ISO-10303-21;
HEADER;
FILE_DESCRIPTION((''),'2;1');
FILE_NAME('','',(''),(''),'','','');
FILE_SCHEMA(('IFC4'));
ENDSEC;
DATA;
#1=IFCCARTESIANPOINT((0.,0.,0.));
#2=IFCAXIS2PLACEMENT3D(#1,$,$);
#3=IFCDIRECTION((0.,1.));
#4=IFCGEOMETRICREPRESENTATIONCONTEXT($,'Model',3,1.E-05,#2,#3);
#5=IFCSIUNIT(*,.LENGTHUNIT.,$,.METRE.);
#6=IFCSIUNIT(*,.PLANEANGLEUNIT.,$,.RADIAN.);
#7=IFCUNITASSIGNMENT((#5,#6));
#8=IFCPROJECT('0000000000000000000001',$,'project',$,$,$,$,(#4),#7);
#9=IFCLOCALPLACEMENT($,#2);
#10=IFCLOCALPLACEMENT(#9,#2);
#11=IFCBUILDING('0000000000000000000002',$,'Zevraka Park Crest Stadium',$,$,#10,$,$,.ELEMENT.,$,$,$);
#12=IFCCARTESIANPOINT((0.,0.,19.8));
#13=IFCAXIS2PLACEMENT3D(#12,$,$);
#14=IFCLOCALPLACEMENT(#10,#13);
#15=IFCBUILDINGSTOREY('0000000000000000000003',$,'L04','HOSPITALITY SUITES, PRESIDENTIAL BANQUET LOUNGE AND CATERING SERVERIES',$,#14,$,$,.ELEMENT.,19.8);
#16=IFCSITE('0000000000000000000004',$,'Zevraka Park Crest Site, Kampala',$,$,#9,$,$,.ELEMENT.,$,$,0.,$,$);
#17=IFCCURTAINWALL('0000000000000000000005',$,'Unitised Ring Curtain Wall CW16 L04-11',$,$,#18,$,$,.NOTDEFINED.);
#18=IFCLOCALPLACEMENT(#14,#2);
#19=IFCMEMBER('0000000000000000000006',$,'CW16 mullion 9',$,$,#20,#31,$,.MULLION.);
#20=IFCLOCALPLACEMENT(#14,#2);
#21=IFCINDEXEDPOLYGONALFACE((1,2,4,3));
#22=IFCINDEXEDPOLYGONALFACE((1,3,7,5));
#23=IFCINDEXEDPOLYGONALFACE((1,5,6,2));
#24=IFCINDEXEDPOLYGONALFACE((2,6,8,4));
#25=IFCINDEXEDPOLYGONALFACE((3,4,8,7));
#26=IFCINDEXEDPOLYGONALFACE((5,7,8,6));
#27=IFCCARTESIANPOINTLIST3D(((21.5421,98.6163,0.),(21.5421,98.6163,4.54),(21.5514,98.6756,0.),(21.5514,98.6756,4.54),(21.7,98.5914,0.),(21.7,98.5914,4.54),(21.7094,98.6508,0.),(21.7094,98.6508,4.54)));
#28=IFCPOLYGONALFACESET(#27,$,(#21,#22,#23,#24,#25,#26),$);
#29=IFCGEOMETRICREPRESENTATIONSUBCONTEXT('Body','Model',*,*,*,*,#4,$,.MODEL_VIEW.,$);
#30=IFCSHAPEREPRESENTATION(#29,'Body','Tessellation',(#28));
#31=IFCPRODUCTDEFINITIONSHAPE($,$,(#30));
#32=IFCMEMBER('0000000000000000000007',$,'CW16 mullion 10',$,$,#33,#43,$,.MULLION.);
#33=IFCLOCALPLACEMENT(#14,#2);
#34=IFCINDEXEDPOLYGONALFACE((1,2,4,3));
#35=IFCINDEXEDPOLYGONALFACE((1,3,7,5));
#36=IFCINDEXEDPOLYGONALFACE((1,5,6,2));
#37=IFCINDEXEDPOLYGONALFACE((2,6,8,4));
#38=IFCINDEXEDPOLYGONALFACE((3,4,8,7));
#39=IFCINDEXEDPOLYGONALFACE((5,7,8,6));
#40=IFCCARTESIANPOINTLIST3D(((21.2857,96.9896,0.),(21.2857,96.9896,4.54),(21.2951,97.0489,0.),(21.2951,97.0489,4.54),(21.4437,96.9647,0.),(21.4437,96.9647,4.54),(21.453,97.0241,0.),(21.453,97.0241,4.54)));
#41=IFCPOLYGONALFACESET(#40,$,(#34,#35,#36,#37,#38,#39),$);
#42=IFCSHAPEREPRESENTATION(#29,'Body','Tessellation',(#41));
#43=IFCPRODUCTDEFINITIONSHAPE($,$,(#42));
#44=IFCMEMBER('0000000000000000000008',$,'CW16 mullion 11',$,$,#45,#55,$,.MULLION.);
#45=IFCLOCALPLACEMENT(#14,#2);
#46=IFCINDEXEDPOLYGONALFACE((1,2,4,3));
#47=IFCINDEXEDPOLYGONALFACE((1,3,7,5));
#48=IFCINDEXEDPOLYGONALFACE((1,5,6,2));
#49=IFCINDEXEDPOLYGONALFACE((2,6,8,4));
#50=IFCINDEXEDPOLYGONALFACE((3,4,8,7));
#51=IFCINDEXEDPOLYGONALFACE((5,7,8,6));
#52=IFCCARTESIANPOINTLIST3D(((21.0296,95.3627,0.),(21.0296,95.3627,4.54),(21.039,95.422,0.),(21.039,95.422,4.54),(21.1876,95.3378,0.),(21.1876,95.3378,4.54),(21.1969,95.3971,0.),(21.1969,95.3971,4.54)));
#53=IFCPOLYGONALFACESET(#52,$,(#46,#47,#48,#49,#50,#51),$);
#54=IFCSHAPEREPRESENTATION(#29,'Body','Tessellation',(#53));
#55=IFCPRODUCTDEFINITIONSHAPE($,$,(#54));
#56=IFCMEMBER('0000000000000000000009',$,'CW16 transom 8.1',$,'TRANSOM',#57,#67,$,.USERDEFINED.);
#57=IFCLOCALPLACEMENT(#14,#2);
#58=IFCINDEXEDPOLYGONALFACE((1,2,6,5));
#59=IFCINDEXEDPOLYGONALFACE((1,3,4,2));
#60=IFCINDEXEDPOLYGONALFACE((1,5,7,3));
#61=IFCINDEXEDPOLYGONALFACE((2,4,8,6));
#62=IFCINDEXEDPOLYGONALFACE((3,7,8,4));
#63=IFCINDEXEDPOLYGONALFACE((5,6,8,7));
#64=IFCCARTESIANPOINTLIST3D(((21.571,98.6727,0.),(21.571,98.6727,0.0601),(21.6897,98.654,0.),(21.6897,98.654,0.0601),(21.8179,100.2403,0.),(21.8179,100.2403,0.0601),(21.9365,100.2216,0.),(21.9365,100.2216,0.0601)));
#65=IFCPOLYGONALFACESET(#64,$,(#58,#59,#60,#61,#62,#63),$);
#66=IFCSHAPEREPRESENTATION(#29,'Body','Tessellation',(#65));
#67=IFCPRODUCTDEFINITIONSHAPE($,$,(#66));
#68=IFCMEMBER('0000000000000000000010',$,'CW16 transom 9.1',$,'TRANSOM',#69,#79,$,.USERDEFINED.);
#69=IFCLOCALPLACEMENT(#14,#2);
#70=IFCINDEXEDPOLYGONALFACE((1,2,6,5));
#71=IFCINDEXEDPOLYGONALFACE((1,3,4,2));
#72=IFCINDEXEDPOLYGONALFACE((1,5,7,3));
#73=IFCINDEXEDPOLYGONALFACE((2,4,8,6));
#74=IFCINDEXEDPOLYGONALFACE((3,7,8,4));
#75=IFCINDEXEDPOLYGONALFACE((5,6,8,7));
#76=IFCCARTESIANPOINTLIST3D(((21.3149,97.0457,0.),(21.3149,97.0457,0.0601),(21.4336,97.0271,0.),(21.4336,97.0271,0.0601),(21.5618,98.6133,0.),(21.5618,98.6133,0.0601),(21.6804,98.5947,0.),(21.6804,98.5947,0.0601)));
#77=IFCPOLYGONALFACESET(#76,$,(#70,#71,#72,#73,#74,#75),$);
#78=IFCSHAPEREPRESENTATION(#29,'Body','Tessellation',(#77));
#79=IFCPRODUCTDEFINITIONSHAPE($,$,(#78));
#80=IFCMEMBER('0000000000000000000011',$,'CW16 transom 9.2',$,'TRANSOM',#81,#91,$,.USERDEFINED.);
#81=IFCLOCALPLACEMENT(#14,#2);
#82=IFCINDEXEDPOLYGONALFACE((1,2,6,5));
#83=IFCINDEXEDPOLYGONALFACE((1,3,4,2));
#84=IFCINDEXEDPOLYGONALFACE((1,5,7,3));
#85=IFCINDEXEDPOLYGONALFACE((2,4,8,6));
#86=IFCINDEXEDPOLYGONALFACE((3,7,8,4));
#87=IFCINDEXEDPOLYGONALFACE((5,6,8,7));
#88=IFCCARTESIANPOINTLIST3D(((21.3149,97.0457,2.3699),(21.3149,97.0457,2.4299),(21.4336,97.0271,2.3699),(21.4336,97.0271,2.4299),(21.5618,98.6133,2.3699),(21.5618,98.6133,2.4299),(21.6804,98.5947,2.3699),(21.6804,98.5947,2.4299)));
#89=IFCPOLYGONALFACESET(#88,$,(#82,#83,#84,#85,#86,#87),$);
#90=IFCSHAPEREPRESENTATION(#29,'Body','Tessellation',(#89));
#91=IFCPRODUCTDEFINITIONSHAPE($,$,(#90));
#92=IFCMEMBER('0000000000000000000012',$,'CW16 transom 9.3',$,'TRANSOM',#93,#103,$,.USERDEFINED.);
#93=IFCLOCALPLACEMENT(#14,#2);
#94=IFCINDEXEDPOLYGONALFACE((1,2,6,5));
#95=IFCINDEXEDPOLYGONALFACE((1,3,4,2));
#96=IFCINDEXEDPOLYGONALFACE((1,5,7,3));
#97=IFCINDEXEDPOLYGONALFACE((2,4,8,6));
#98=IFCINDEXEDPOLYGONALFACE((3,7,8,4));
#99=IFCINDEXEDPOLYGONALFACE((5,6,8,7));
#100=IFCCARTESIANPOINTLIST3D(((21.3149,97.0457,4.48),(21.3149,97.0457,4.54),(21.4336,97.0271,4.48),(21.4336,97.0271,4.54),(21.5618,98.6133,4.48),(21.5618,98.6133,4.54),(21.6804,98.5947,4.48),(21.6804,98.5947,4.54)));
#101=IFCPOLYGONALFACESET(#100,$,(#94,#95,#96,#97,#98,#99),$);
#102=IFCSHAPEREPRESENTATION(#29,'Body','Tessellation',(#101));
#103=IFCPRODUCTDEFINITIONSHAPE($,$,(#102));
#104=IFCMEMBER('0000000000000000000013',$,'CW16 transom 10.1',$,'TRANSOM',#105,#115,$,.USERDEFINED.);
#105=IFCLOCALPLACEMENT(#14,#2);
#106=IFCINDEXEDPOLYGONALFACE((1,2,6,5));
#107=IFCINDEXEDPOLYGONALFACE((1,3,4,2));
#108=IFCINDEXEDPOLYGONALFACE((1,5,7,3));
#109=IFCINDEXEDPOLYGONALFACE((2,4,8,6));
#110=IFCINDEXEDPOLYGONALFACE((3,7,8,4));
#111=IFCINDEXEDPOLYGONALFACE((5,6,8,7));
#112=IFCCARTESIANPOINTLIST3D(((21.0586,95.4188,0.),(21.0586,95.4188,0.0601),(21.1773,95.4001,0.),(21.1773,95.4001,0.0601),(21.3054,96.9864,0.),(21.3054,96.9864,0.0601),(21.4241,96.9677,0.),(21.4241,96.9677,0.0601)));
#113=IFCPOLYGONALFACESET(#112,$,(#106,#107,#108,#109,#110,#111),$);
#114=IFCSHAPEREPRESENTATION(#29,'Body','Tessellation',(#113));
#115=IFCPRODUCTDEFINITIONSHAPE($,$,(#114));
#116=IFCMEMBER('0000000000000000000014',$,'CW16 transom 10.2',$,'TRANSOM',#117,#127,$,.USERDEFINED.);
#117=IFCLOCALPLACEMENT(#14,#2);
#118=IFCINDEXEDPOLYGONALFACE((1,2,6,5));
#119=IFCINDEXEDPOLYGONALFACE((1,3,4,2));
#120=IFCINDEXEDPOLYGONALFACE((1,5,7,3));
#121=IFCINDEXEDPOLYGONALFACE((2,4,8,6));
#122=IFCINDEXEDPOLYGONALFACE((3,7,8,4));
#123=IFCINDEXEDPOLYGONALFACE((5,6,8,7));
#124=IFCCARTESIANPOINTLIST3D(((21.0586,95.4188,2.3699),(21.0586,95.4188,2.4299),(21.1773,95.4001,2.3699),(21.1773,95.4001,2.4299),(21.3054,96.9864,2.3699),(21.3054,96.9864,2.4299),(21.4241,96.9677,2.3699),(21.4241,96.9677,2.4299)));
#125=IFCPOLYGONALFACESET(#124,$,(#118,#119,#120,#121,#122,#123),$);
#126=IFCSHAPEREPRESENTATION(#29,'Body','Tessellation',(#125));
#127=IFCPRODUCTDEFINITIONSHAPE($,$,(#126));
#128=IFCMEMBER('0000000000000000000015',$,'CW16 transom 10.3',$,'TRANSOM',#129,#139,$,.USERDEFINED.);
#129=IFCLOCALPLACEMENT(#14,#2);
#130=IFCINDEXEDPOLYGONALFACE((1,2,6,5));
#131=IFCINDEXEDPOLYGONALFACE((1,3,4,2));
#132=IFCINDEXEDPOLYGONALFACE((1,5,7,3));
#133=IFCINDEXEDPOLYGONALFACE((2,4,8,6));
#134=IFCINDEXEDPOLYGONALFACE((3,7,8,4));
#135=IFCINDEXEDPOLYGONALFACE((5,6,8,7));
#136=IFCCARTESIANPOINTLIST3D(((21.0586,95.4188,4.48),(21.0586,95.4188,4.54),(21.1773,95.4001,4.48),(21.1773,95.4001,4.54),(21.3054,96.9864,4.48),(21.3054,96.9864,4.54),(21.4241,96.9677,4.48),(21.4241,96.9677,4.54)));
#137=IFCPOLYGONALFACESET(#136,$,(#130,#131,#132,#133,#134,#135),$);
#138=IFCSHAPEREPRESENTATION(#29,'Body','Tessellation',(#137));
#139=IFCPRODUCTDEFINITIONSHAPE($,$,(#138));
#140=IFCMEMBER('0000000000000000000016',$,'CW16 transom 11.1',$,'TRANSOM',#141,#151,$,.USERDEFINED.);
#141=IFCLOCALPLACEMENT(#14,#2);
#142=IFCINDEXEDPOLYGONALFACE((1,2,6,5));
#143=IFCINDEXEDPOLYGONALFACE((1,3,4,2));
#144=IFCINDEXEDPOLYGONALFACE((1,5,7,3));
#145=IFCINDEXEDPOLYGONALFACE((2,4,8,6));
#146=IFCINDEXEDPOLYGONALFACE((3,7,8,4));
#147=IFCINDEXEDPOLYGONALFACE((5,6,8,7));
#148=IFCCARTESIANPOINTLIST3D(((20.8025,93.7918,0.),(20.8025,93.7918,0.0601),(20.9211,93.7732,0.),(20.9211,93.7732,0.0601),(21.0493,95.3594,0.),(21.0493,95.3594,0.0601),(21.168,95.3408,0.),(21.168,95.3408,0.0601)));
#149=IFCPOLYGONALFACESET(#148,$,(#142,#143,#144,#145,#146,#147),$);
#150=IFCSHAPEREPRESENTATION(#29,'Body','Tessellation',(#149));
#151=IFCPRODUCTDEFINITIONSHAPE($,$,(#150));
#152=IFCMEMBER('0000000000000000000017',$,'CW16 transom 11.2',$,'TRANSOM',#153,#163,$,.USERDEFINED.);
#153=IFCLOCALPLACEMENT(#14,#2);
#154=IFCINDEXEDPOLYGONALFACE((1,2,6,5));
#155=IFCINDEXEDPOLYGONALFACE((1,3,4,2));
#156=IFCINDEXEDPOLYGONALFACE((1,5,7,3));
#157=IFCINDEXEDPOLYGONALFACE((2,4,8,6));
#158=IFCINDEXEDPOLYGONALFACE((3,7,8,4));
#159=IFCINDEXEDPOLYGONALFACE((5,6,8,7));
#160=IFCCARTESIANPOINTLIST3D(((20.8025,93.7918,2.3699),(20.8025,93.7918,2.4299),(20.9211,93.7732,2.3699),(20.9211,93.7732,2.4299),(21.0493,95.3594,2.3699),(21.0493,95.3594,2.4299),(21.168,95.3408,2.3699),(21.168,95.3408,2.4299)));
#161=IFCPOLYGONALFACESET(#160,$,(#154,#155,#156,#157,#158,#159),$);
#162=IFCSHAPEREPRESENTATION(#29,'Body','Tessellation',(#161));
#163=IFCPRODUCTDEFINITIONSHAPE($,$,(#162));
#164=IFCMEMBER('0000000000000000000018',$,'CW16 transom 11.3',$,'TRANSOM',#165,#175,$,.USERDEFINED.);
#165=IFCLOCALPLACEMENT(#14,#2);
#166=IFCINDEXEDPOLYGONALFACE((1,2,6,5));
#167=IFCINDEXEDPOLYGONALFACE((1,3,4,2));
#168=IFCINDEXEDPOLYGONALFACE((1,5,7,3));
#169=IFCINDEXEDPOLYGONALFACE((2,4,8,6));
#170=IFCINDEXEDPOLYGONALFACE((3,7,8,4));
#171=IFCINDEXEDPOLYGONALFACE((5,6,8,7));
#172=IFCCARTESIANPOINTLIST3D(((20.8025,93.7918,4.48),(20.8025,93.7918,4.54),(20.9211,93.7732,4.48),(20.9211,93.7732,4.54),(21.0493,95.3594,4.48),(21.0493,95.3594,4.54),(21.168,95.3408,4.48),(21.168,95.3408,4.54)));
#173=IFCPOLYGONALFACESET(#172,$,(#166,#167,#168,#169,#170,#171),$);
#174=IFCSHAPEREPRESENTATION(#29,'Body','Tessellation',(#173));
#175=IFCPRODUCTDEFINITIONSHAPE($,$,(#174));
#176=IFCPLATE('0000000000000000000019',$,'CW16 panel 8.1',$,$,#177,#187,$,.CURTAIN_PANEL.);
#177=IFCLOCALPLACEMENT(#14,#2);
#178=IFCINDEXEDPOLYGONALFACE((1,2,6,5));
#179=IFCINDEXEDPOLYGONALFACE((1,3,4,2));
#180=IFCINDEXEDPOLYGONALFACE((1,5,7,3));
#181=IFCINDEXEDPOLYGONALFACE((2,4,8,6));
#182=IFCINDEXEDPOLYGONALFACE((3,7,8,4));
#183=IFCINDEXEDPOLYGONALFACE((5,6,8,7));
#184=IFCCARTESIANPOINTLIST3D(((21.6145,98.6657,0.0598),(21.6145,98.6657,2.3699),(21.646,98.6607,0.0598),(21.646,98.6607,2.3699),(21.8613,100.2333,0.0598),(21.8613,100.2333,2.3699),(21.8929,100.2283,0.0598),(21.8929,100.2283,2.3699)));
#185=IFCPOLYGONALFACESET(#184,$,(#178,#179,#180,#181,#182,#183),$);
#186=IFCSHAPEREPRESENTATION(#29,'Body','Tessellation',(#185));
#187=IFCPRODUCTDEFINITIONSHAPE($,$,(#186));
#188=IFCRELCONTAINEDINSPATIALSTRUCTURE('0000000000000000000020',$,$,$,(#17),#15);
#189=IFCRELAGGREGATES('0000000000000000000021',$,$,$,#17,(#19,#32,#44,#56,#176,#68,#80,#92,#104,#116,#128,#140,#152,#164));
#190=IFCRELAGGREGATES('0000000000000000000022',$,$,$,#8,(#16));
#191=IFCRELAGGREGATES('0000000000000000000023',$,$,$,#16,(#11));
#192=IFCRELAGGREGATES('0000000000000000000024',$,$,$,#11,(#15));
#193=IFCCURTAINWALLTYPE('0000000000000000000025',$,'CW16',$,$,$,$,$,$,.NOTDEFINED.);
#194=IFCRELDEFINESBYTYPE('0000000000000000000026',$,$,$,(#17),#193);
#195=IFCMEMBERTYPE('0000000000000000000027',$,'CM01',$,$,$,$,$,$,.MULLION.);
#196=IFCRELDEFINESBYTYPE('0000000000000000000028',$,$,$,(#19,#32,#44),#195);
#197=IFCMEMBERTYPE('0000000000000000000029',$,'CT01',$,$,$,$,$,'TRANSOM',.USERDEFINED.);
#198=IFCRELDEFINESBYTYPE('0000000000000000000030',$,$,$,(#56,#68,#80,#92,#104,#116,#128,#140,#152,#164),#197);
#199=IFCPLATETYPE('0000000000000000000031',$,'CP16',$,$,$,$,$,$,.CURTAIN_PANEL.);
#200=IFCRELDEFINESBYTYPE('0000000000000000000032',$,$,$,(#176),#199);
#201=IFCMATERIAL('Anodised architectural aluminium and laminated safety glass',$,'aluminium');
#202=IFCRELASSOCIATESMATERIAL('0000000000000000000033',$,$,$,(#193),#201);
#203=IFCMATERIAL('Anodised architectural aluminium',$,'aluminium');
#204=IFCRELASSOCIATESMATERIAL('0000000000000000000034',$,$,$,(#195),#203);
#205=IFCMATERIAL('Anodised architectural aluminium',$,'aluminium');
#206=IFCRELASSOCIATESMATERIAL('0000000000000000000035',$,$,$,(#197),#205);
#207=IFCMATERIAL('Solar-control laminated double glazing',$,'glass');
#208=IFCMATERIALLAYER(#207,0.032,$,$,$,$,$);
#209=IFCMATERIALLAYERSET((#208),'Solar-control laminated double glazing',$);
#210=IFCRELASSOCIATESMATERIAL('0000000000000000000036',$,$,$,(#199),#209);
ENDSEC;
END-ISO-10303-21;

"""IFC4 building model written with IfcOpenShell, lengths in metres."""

from ifc_helpers import new_model, si_unit, direction, frame, origin, origin_2d, place, context, subcontext, project, spatial, rectangle, extrude, material, layer, layer_set, material_profile, profile_set, type_object, element, aggregate, save


model = new_model("IFC4")

# Units and contexts
model_context = context("Model", 3, precision=1e-05, world=origin(), true_north=direction((0.0, 1.0)))
body_context = subcontext(model_context, "Body", "Model", "MODEL_VIEW")
ifc_project = project(units=[si_unit("LENGTHUNIT", "METRE"), si_unit("PLANEANGLEUNIT", "RADIAN")], contexts=[model_context])

# Site, building, storey
site_placement = place(None, origin())
site = spatial("IfcSite", under=ifc_project, at=site_placement, Name="Zevraka Park Crest Site, Kampala", CompositionType="ELEMENT", RefElevation=0.0)
building_placement = place(site_placement, origin())
building = spatial("IfcBuilding", under=site, at=building_placement, Name="Zevraka Park Crest Stadium", CompositionType="ELEMENT")
storey_placement = place(building_placement, frame((0.0, 0.0, 19.8)))
storey = spatial("IfcBuildingStorey", under=building, at=storey_placement, Name="L04", Description="HOSPITALITY SUITES, PRESIDENTIAL BANQUET LOUNGE AND CATERING SERVERIES", CompositionType="ELEMENT", Elevation=19.8)

# Curtain wall, members, plate
ifc_material_1 = material(Name="Anodised architectural aluminium and laminated safety glass", Category="aluminium")
curtain_wall_type = type_object("IfcCurtainWallType", Name="CW16", PredefinedType="NOTDEFINED", material=ifc_material_1)
curtain_wall_placement = place(storey_placement, origin())
curtain_wall = element("IfcCurtainWall", 1, at=curtain_wall_placement, inside=storey, type_object=curtain_wall_type, Name="Unitised Ring Curtain Wall CW16 L04-11", PredefinedType="NOTDEFINED")
ifc_material_2 = material(Name="Anodised architectural aluminium", Category="aluminium")
ifc_material_profile_1 = material_profile(ifc_material_2, rectangle(XDim=0.1599, YDim=0.0601, at=origin_2d()), Name="ALU MULLION 160x60")
ifc_profile_set_1 = profile_set([ifc_material_profile_1], Name="Anodised architectural aluminium")
member_type_1 = type_object("IfcMemberType", Name="CM01", PredefinedType="MULLION", material=ifc_profile_set_1)
member_1_placement = place(storey_placement, frame((21.6257, 98.6335, 0.0), z_axis=(0.0, 0.0, 1.0), x_axis=(0.98783, -0.155539, 0.0)))
member_1 = element("IfcMember", 2, at=member_1_placement, type_object=member_type_1, Name="CW16 mullion 9", PredefinedType="MULLION", context=body_context, shape_type="SweptSolid", body=[
    extrude(rectangle(XDim=0.1599, YDim=0.0601, at=origin_2d()), origin(), (0.0, 0.0, 1.0), 4.54),
])
member_2_placement = place(storey_placement, frame((21.3694, 97.0068, 0.0), z_axis=(0.0, 0.0, 1.0), x_axis=(0.98783, -0.155539, 0.0)))
member_2 = element("IfcMember", 3, at=member_2_placement, type_object=member_type_1, Name="CW16 mullion 10", PredefinedType="MULLION", context=body_context, shape_type="SweptSolid", body=[
    extrude(rectangle(XDim=0.1599, YDim=0.0601, at=origin_2d()), origin(), (0.0, 0.0, 1.0), 4.54),
])
member_3_placement = place(storey_placement, frame((21.1133, 95.3799, 0.0), z_axis=(0.0, 0.0, 1.0), x_axis=(0.98783, -0.155539, 0.0)))
member_3 = element("IfcMember", 4, at=member_3_placement, type_object=member_type_1, Name="CW16 mullion 11", PredefinedType="MULLION", context=body_context, shape_type="SweptSolid", body=[
    extrude(rectangle(XDim=0.1599, YDim=0.0601, at=origin_2d()), origin(), (0.0, 0.0, 1.0), 4.54),
])
ifc_material_3 = material(Name="Anodised architectural aluminium", Category="aluminium")
ifc_material_profile_2 = material_profile(ifc_material_3, rectangle(XDim=0.1201, YDim=0.0601, at=origin_2d()), Name="ALU TRANSOM 120x60")
ifc_profile_set_2 = profile_set([ifc_material_profile_2], Name="Anodised architectural aluminium")
member_type_2 = type_object("IfcMemberType", Name="CT01", ElementType="TRANSOM", PredefinedType="USERDEFINED", material=ifc_profile_set_2)
member_4_placement = place(storey_placement, frame((21.8772, 100.231, 0.03), z_axis=(-0.155536, -0.98783, 0.0), x_axis=(0.98783, -0.155536, 0.0)))
member_4 = element("IfcMember", 5, at=member_4_placement, type_object=member_type_2, Name="CW16 transom 8.1", ObjectType="TRANSOM", PredefinedType="USERDEFINED", context=body_context, shape_type="SweptSolid", body=[
    extrude(rectangle(XDim=0.1201, YDim=0.0601, at=origin_2d()), origin(), (0.0, 0.0, 1.0), 1.5869),
])
member_5_placement = place(storey_placement, frame((21.6211, 98.604, 0.03), z_axis=(-0.155536, -0.98783, 0.0), x_axis=(0.98783, -0.155536, 0.0)))
member_5 = element("IfcMember", 6, at=member_5_placement, type_object=member_type_2, Name="CW16 transom 9.1", ObjectType="TRANSOM", PredefinedType="USERDEFINED", context=body_context, shape_type="SweptSolid", body=[
    extrude(rectangle(XDim=0.1201, YDim=0.0601, at=origin_2d()), origin(), (0.0, 0.0, 1.0), 1.5869),
])
member_6_placement = place(storey_placement, frame((21.6211, 98.604, 2.3999), z_axis=(-0.155536, -0.98783, 0.0), x_axis=(0.98783, -0.155536, 0.0)))
member_6 = element("IfcMember", 7, at=member_6_placement, type_object=member_type_2, Name="CW16 transom 9.2", ObjectType="TRANSOM", PredefinedType="USERDEFINED", context=body_context, shape_type="SweptSolid", body=[
    extrude(rectangle(XDim=0.1201, YDim=0.0601, at=origin_2d()), origin(), (0.0, 0.0, 1.0), 1.5869),
])
member_7_placement = place(storey_placement, frame((21.6211, 98.604, 4.51), z_axis=(-0.155536, -0.98783, 0.0), x_axis=(0.98783, -0.155536, 0.0)))
member_7 = element("IfcMember", 8, at=member_7_placement, type_object=member_type_2, Name="CW16 transom 9.3", ObjectType="TRANSOM", PredefinedType="USERDEFINED", context=body_context, shape_type="SweptSolid", body=[
    extrude(rectangle(XDim=0.1201, YDim=0.0601, at=origin_2d()), origin(), (0.0, 0.0, 1.0), 1.5869),
])
member_8_placement = place(storey_placement, frame((21.3647, 96.9771, 0.03), z_axis=(-0.155536, -0.98783, 0.0), x_axis=(0.98783, -0.155536, 0.0)))
member_8 = element("IfcMember", 9, at=member_8_placement, type_object=member_type_2, Name="CW16 transom 10.1", ObjectType="TRANSOM", PredefinedType="USERDEFINED", context=body_context, shape_type="SweptSolid", body=[
    extrude(rectangle(XDim=0.1201, YDim=0.0601, at=origin_2d()), origin(), (0.0, 0.0, 1.0), 1.5869),
])
member_9_placement = place(storey_placement, frame((21.3647, 96.9771, 2.3999), z_axis=(-0.155536, -0.98783, 0.0), x_axis=(0.98783, -0.155536, 0.0)))
member_9 = element("IfcMember", 10, at=member_9_placement, type_object=member_type_2, Name="CW16 transom 10.2", ObjectType="TRANSOM", PredefinedType="USERDEFINED", context=body_context, shape_type="SweptSolid", body=[
    extrude(rectangle(XDim=0.1201, YDim=0.0601, at=origin_2d()), origin(), (0.0, 0.0, 1.0), 1.5869),
])
member_10_placement = place(storey_placement, frame((21.3647, 96.9771, 4.51), z_axis=(-0.155536, -0.98783, 0.0), x_axis=(0.98783, -0.155536, 0.0)))
member_10 = element("IfcMember", 11, at=member_10_placement, type_object=member_type_2, Name="CW16 transom 10.3", ObjectType="TRANSOM", PredefinedType="USERDEFINED", context=body_context, shape_type="SweptSolid", body=[
    extrude(rectangle(XDim=0.1201, YDim=0.0601, at=origin_2d()), origin(), (0.0, 0.0, 1.0), 1.5869),
])
member_11_placement = place(storey_placement, frame((21.1086, 95.3501, 0.03), z_axis=(-0.155536, -0.98783, 0.0), x_axis=(0.98783, -0.155536, 0.0)))
member_11 = element("IfcMember", 12, at=member_11_placement, type_object=member_type_2, Name="CW16 transom 11.1", ObjectType="TRANSOM", PredefinedType="USERDEFINED", context=body_context, shape_type="SweptSolid", body=[
    extrude(rectangle(XDim=0.1201, YDim=0.0601, at=origin_2d()), origin(), (0.0, 0.0, 1.0), 1.5869),
])
member_12_placement = place(storey_placement, frame((21.1086, 95.3501, 2.3999), z_axis=(-0.155536, -0.98783, 0.0), x_axis=(0.98783, -0.155536, 0.0)))
member_12 = element("IfcMember", 13, at=member_12_placement, type_object=member_type_2, Name="CW16 transom 11.2", ObjectType="TRANSOM", PredefinedType="USERDEFINED", context=body_context, shape_type="SweptSolid", body=[
    extrude(rectangle(XDim=0.1201, YDim=0.0601, at=origin_2d()), origin(), (0.0, 0.0, 1.0), 1.5869),
])
member_13_placement = place(storey_placement, frame((21.1086, 95.3501, 4.51), z_axis=(-0.155536, -0.98783, 0.0), x_axis=(0.98783, -0.155536, 0.0)))
member_13 = element("IfcMember", 14, at=member_13_placement, type_object=member_type_2, Name="CW16 transom 11.3", ObjectType="TRANSOM", PredefinedType="USERDEFINED", context=body_context, shape_type="SweptSolid", body=[
    extrude(rectangle(XDim=0.1201, YDim=0.0601, at=origin_2d()), origin(), (0.0, 0.0, 1.0), 1.5869),
])
ifc_material_4 = material(Name="Solar-control laminated double glazing", Category="glass")
ifc_layer_1 = layer(ifc_material_4, 0.032)
ifc_layer_set_1 = layer_set([ifc_layer_1], Name="Solar-control laminated double glazing")
plate_type = type_object("IfcPlateType", Name="CP16", PredefinedType="CURTAIN_PANEL", material=ifc_layer_set_1)
plate_1_placement = place(storey_placement, frame((21.7537, 99.447, 0.0598), z_axis=(0.0, 0.0, 1.0), x_axis=(-0.155539, -0.98783, 0.0)))
plate_1 = element("IfcPlate", 15, at=plate_1_placement, type_object=plate_type, Name="CW16 panel 8.1", PredefinedType="CURTAIN_PANEL", context=body_context, shape_type="SweptSolid", body=[
    extrude(rectangle(XDim=1.5869, YDim=0.032, at=origin_2d()), origin(), (0.0, 0.0, 1.0), 2.3101),
])
aggregate(curtain_wall, [member_1, member_2, member_3, member_4, plate_1, member_5, member_6, member_7, member_8, member_9, member_10, member_11, member_12, member_13])

save(model, "model.ifc")
